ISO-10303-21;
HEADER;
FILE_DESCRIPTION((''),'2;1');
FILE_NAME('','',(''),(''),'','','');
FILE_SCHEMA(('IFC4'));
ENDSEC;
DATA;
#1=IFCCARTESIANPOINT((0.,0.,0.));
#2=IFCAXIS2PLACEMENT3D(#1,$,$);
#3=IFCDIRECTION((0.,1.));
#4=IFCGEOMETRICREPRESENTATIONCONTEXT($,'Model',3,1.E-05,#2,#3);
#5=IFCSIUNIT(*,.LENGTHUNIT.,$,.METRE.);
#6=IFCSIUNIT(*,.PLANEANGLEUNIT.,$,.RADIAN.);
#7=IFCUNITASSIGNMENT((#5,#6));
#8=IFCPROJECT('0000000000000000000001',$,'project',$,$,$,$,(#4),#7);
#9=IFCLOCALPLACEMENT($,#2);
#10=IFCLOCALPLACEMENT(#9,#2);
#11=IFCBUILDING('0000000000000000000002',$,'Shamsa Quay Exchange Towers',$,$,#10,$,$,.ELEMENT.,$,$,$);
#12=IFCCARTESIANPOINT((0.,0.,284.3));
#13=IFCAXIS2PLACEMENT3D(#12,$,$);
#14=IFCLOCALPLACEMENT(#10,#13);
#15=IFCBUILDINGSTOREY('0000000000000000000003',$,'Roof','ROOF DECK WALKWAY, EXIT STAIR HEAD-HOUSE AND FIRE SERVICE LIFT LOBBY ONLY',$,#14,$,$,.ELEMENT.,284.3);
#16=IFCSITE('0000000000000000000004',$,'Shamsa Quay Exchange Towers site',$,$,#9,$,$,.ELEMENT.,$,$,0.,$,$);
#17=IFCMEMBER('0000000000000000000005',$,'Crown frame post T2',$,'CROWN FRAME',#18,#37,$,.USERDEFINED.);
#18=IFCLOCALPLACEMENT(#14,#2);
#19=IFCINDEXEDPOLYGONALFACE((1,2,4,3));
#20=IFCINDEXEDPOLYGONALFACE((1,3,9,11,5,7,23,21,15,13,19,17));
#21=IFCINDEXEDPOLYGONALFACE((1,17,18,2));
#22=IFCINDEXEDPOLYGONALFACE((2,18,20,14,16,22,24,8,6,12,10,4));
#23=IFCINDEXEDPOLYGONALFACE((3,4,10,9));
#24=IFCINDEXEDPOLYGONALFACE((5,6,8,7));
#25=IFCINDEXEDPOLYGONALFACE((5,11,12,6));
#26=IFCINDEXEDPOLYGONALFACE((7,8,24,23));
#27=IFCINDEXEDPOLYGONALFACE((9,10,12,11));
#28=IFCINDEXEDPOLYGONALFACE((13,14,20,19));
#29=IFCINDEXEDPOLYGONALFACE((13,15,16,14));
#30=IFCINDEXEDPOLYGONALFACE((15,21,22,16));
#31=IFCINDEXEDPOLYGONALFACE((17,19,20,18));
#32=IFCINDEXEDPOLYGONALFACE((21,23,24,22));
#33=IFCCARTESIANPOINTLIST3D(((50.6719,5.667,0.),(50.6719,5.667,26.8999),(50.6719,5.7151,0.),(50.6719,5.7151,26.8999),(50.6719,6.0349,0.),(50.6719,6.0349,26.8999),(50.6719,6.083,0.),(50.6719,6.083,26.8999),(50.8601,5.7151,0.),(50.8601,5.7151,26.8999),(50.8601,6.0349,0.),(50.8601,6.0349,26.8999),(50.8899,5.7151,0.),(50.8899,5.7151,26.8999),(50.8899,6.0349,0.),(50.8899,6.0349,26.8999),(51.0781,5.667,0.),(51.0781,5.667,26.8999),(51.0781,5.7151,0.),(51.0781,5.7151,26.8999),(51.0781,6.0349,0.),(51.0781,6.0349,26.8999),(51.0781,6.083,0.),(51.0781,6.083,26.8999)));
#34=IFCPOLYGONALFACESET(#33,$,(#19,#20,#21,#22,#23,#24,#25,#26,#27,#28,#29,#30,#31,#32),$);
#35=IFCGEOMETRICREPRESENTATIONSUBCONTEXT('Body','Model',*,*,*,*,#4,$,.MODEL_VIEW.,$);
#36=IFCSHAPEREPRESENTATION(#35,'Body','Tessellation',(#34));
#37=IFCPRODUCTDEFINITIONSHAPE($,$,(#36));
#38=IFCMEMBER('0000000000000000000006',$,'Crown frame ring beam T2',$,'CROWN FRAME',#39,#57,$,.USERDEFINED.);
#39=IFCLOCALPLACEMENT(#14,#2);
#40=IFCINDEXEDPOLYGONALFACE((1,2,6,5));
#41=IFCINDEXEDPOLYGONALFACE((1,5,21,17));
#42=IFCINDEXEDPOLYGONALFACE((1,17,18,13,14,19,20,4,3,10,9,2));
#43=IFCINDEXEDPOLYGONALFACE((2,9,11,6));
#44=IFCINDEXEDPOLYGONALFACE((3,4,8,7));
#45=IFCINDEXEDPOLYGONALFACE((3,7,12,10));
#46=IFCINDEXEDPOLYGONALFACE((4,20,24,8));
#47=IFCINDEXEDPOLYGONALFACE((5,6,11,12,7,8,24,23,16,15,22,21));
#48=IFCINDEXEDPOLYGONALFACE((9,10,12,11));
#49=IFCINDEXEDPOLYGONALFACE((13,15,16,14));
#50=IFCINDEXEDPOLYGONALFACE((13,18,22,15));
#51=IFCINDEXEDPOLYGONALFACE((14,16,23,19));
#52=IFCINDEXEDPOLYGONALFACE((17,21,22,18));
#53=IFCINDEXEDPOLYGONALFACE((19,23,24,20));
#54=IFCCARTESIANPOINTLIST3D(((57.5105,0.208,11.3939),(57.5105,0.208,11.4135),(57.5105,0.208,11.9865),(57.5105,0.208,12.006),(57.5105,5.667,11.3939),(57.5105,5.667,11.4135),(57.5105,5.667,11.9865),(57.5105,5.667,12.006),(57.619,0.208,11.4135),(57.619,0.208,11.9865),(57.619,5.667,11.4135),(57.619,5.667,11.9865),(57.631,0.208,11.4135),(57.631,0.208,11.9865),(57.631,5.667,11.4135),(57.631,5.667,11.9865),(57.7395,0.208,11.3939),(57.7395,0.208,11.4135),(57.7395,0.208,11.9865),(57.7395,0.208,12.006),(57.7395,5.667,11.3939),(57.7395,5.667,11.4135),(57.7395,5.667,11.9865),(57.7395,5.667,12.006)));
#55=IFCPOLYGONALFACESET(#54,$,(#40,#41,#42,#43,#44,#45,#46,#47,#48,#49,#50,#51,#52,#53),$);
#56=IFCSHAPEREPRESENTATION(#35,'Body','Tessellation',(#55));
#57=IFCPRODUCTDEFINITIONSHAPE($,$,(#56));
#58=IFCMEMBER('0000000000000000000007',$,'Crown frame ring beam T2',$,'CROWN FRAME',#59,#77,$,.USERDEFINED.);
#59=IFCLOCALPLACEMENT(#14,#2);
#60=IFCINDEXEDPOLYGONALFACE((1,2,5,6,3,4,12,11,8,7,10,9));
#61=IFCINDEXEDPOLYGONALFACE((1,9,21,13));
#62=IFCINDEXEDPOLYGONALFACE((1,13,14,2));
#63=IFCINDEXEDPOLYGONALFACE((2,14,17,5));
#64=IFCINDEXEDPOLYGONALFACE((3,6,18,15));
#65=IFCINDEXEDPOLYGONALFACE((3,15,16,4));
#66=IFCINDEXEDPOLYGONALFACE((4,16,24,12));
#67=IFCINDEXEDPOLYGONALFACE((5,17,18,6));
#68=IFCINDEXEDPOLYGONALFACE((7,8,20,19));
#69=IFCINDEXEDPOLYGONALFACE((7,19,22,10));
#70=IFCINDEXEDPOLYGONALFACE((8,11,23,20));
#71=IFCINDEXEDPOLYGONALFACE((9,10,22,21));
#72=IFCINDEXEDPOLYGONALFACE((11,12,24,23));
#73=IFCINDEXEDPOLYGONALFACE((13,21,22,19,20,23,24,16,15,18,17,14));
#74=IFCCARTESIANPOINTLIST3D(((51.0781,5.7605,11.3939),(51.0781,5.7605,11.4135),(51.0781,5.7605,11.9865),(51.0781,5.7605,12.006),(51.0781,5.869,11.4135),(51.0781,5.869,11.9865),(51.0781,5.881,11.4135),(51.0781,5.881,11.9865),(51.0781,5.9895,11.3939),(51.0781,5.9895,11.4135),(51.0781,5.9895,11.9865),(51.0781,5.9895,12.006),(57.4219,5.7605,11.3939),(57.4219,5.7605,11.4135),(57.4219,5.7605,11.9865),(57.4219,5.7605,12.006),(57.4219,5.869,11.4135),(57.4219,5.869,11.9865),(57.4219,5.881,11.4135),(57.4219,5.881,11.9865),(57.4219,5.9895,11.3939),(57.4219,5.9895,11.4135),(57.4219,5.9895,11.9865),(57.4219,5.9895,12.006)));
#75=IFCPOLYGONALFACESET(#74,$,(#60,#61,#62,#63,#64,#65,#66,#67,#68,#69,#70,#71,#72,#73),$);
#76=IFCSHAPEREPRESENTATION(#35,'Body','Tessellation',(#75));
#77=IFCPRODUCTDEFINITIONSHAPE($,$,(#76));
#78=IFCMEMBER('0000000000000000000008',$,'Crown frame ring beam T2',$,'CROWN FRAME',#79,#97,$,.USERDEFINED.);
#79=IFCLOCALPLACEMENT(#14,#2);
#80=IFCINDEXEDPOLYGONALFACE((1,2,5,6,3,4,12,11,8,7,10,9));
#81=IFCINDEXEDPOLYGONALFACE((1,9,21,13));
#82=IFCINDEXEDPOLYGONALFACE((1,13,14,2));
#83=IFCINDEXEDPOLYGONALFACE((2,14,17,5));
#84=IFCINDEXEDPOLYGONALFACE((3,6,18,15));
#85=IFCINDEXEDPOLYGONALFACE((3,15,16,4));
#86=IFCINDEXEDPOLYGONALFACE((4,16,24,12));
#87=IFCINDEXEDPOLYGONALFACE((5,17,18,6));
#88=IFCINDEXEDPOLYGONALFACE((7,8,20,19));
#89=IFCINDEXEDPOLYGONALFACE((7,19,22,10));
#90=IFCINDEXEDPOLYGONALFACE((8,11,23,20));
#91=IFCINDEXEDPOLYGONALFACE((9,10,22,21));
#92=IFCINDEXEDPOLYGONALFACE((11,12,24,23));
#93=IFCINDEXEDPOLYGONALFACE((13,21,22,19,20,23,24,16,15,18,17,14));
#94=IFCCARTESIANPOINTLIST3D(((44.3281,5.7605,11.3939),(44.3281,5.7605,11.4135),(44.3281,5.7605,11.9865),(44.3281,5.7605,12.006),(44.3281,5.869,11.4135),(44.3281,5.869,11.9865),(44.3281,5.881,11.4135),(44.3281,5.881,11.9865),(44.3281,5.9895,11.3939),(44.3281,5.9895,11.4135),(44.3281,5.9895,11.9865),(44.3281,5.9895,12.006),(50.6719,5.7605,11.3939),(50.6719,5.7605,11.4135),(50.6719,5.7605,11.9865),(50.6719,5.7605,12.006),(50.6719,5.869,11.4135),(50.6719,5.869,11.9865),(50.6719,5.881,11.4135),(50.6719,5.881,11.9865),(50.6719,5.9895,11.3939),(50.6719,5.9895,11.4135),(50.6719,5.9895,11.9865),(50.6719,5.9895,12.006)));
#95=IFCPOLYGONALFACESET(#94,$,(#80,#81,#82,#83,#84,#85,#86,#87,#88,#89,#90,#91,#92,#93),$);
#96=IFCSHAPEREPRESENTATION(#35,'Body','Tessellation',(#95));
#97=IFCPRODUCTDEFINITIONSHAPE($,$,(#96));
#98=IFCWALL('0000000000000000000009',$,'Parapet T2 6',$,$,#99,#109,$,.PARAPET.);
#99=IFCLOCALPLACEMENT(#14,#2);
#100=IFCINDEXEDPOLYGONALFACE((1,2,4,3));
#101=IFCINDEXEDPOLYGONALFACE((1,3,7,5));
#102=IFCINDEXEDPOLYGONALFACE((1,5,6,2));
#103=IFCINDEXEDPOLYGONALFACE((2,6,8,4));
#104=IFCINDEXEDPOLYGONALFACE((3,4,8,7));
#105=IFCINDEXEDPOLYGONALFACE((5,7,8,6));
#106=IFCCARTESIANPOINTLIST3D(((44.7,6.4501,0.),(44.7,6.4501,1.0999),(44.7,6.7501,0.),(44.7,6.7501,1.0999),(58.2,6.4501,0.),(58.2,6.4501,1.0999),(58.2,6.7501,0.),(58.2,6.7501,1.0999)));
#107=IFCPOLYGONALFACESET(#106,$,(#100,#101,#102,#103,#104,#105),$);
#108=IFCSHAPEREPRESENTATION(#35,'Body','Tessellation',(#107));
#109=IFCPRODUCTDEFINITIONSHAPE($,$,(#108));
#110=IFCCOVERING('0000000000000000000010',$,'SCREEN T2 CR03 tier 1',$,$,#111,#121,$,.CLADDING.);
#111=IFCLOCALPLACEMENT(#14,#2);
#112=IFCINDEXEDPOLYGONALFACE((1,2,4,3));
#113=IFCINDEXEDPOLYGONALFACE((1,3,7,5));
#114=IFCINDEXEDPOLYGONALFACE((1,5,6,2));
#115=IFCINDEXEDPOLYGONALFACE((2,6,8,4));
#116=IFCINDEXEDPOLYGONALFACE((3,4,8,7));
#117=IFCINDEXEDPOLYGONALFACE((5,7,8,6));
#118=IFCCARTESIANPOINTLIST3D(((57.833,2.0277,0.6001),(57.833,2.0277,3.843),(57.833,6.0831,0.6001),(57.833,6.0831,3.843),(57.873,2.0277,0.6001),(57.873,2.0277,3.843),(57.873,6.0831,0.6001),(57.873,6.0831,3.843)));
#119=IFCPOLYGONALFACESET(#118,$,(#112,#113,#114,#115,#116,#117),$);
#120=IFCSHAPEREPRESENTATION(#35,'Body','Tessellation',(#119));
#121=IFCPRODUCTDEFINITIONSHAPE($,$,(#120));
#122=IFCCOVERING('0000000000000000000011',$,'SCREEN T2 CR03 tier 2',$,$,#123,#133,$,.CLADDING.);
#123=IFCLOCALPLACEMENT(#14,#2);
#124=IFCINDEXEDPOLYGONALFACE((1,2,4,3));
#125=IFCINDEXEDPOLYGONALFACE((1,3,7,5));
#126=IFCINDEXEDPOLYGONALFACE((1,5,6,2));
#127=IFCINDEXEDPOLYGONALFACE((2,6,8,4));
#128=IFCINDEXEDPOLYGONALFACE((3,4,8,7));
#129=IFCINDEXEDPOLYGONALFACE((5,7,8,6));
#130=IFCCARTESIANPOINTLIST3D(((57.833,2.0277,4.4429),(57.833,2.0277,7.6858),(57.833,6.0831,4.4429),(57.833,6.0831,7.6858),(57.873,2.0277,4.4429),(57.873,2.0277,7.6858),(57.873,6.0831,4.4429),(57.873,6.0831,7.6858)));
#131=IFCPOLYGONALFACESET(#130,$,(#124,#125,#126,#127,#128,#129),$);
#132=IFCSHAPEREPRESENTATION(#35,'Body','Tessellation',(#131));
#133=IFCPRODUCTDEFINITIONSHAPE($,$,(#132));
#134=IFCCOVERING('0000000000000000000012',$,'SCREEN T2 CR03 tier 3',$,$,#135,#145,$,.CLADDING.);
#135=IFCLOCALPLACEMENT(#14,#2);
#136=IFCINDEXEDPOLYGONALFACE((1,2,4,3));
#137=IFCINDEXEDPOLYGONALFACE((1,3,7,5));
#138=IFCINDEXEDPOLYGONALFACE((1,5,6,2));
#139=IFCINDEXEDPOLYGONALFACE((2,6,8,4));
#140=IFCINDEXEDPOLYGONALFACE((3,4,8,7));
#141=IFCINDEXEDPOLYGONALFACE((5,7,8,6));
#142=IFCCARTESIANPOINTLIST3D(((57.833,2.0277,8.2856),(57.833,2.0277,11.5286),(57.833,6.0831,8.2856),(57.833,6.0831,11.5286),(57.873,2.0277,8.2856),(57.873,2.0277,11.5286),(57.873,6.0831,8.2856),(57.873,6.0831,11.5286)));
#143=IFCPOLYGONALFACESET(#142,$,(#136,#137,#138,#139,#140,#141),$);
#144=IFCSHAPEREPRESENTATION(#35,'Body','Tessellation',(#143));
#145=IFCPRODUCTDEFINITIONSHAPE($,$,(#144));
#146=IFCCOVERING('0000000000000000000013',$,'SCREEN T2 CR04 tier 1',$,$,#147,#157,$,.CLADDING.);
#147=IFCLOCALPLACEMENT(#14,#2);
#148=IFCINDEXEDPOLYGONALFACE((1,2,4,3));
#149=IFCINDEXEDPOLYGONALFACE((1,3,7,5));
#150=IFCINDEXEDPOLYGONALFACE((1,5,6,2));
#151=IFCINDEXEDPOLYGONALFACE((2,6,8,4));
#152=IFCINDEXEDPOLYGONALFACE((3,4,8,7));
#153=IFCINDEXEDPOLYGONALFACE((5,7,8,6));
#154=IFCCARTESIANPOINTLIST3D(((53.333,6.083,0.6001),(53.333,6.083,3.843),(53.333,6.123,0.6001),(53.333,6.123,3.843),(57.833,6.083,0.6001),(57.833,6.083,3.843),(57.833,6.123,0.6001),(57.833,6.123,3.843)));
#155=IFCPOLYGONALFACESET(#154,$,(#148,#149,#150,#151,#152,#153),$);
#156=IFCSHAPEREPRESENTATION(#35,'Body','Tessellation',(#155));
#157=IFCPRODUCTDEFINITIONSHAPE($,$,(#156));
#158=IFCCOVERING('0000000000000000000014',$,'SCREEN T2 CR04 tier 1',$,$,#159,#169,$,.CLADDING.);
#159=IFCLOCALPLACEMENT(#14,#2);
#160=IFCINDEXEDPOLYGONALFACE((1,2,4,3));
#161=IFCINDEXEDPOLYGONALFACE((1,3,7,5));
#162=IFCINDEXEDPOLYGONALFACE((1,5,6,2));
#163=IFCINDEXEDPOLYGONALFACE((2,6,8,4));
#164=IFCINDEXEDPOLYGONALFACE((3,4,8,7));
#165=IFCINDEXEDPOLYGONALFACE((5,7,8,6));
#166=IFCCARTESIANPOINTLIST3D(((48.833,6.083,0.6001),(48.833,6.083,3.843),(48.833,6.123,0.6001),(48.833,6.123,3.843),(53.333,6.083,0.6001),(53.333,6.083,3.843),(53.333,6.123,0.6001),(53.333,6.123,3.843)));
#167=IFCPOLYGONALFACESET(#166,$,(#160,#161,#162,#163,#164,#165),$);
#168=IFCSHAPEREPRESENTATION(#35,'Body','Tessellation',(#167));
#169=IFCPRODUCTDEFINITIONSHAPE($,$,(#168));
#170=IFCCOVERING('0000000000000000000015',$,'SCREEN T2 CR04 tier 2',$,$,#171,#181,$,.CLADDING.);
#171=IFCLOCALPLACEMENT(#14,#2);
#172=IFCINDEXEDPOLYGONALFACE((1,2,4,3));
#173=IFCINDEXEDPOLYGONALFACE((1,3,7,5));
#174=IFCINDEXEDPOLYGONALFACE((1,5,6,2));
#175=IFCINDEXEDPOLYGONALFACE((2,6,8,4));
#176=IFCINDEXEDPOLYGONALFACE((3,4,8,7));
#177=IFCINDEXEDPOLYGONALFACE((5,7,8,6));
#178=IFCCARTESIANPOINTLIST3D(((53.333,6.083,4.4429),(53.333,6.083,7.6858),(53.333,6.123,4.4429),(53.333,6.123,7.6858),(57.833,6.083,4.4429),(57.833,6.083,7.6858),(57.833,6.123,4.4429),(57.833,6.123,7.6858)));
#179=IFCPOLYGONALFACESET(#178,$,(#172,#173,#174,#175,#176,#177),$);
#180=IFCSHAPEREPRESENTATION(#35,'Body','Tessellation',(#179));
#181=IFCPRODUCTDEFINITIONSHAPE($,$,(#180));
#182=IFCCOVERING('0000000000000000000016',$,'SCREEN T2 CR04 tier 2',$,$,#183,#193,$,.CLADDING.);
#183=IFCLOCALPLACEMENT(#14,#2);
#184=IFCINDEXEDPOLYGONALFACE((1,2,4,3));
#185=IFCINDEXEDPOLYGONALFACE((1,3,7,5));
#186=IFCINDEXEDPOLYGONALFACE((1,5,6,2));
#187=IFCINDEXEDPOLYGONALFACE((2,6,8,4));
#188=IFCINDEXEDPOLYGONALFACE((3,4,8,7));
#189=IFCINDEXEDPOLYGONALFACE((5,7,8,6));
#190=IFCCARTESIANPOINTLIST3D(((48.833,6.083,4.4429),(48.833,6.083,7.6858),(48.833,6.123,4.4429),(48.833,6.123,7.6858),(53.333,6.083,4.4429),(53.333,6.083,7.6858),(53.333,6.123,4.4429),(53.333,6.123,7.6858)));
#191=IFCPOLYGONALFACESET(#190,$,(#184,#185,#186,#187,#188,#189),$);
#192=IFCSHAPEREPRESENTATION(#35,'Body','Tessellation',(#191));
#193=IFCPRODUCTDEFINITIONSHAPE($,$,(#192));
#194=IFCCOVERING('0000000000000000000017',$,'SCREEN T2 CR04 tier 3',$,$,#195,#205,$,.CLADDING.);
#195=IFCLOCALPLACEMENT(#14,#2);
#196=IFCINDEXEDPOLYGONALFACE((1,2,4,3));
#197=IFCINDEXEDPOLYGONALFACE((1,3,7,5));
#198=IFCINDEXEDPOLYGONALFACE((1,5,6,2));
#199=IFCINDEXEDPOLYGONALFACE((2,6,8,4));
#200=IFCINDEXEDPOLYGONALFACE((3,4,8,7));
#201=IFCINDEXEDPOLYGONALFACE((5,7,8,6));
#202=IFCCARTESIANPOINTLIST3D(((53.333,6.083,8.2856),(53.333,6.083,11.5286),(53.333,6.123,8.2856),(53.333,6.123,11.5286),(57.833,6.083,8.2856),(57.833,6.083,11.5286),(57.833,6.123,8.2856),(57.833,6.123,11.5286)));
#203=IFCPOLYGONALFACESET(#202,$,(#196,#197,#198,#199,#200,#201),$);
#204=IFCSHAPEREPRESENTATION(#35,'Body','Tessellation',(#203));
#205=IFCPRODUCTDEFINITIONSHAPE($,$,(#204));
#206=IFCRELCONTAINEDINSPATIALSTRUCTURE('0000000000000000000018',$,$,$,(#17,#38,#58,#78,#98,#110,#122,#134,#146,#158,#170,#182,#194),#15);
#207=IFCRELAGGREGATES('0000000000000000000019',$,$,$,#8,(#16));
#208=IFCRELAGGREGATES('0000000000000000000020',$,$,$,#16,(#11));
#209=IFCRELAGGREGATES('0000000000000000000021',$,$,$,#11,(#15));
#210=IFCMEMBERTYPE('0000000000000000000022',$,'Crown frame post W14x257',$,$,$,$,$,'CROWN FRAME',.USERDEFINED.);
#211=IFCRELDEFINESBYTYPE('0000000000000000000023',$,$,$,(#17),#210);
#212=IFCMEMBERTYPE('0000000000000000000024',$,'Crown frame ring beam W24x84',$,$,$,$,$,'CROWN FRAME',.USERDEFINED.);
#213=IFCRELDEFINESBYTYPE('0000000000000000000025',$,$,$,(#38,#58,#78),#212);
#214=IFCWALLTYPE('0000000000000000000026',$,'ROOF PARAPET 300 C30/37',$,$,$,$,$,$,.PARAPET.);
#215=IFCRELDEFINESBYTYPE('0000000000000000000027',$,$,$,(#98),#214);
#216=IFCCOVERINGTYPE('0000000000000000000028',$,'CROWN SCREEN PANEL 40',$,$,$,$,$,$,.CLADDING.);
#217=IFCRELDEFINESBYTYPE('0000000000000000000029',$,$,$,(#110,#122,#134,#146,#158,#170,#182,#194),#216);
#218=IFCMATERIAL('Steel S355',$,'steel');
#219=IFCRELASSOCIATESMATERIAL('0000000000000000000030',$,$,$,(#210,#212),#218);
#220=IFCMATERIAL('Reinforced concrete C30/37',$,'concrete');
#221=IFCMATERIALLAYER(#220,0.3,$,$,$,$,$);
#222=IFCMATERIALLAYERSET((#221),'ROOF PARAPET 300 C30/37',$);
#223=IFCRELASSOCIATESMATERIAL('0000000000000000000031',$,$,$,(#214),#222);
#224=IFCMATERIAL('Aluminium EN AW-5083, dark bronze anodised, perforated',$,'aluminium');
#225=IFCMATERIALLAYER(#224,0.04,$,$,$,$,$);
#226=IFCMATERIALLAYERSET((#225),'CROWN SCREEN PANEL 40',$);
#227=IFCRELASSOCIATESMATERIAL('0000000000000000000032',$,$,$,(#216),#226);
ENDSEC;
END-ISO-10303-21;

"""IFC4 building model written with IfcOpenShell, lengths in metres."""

from ifc_helpers import new_model, si_unit, direction, frame, frame_2d, origin, origin_2d, place, context, subcontext, project, spatial, rectangle, i_section, extrude, material, layer, layer_set, material_profile, profile_set, type_object, element, save


model = new_model("IFC4")

# Units and contexts
model_context = context("Model", 3, precision=1e-05, world=origin(), true_north=direction((0.0, 1.0)))
body_context = subcontext(model_context, "Body", "Model", "MODEL_VIEW")
ifc_project = project(units=[si_unit("LENGTHUNIT", "METRE"), si_unit("PLANEANGLEUNIT", "RADIAN")], contexts=[model_context])

# Site, building, storey
site_placement = place(None, origin())
site = spatial("IfcSite", under=ifc_project, at=site_placement, Name="Shamsa Quay Exchange Towers site", CompositionType="ELEMENT", RefElevation=0.0)
building_placement = place(site_placement, origin())
building = spatial("IfcBuilding", under=site, at=building_placement, Name="Shamsa Quay Exchange Towers", CompositionType="ELEMENT")
storey_placement = place(building_placement, frame((0.0, 0.0, 284.3)))
storey = spatial("IfcBuildingStorey", under=building, at=storey_placement, Name="Roof", Description="ROOF DECK WALKWAY, EXIT STAIR HEAD-HOUSE AND FIRE SERVICE LIFT LOBBY ONLY", CompositionType="ELEMENT", Elevation=284.3)

# Members
ifc_material_1 = material(Name="Steel S355", Category="steel")
ifc_material_profile_1 = material_profile(ifc_material_1, i_section(OverallWidth=0.4062, OverallDepth=0.416, WebThickness=0.0298, FlangeThickness=0.0481, at=origin_2d()), Name="W14x257")
ifc_profile_set_1 = profile_set([ifc_material_profile_1], Name="Steel S355")
member_type_1 = type_object("IfcMemberType", Name="Crown frame post W14x257", ElementType="CROWN FRAME", PredefinedType="USERDEFINED", material=ifc_profile_set_1)
for number, where, name in (
    (1, (50.875, 5.875, 0.0), "Crown frame post T2"),
):
    element("IfcMember", number, at=place(storey_placement, frame(where)), inside=storey, type_object=member_type_1, Name=name, ObjectType="CROWN FRAME", PredefinedType="USERDEFINED", context=body_context, shape_type="SweptSolid", body=[
        extrude(i_section(OverallWidth=0.4062, OverallDepth=0.416, WebThickness=0.0298, FlangeThickness=0.0481, at=origin_2d()), origin(), (0.0, 0.0, 1.0), 26.8999),
    ])
ifc_material_profile_2 = material_profile(ifc_material_1, i_section(OverallWidth=0.229, OverallDepth=0.6121, WebThickness=0.012, FlangeThickness=0.0195, at=origin_2d()), Name="W24x84")
ifc_profile_set_2 = profile_set([ifc_material_profile_2], Name="Steel S355")
member_type_2 = type_object("IfcMemberType", Name="Crown frame ring beam W24x84", ElementType="CROWN FRAME", PredefinedType="USERDEFINED", material=ifc_profile_set_2)
member_1_placement = place(storey_placement, frame((57.625, 0.208, 11.7), z_axis=(0.0, 1.0, 0.0), x_axis=(-1.0, 0.0, 0.0)))
element("IfcMember", 2, at=member_1_placement, inside=storey, type_object=member_type_2, Name="Crown frame ring beam T2", ObjectType="CROWN FRAME", PredefinedType="USERDEFINED", context=body_context, shape_type="SweptSolid", body=[
    extrude(i_section(OverallWidth=0.229, OverallDepth=0.6121, WebThickness=0.012, FlangeThickness=0.0195, at=origin_2d()), origin(), (0.0, 0.0, 1.0), 5.459),
])
for number, where, z_axis, x_axis, name in (
    (3, (57.4219, 5.875, 11.7), (-1.0, 0.0, 0.0), (0.0, -1.0, 0.0), "Crown frame ring beam T2"),
    (4, (50.6719, 5.875, 11.7), (-1.0, 0.0, 0.0), (0.0, -1.0, 0.0), "Crown frame ring beam T2"),
):
    element("IfcMember", number, at=place(storey_placement, frame(where, z_axis=z_axis, x_axis=x_axis)), inside=storey, type_object=member_type_2, Name=name, ObjectType="CROWN FRAME", PredefinedType="USERDEFINED", context=body_context, shape_type="SweptSolid", body=[
        extrude(i_section(OverallWidth=0.229, OverallDepth=0.6121, WebThickness=0.012, FlangeThickness=0.0195, at=origin_2d()), origin(), (0.0, 0.0, 1.0), 6.3438),
    ])

# Wall
ifc_material_2 = material(Name="Reinforced concrete C30/37", Category="concrete")
ifc_layer_1 = layer(ifc_material_2, 0.3)
ifc_layer_set_1 = layer_set([ifc_layer_1], Name="ROOF PARAPET 300 C30/37")
wall_type = type_object("IfcWallType", Name="ROOF PARAPET 300 C30/37", PredefinedType="PARAPET", material=ifc_layer_set_1)
wall_placement = place(storey_placement, frame((58.2, 6.6001, 0.0), z_axis=(0.0, 0.0, 1.0), x_axis=(-1.0, 0.0, 0.0)))
element("IfcWall", 5, at=wall_placement, inside=storey, type_object=wall_type, Name="Parapet T2 6", PredefinedType="PARAPET", context=body_context, shape_type="SweptSolid", body=[
    extrude(rectangle(XDim=13.5, YDim=0.3, at=frame_2d((6.75, 0.0))), origin(), (0.0, 0.0, 1.0), 1.0999),
])

# Coverings
ifc_material_3 = material(Name="Aluminium EN AW-5083, dark bronze anodised, perforated", Category="aluminium")
ifc_layer_2 = layer(ifc_material_3, 0.04)
ifc_layer_set_2 = layer_set([ifc_layer_2], Name="CROWN SCREEN PANEL 40")
covering_type = type_object("IfcCoveringType", Name="CROWN SCREEN PANEL 40", PredefinedType="CLADDING", material=ifc_layer_set_2)
for number, where, z_axis, x_axis, name in (
    (6, (57.853, 4.0554, 0.6001), (0.0, 0.0, 1.0), (0.0, 1.0, 0.0), "SCREEN T2 CR03 tier 1"),
    (7, (57.853, 4.0554, 4.4429), (0.0, 0.0, 1.0), (0.0, 1.0, 0.0), "SCREEN T2 CR03 tier 2"),
    (8, (57.853, 4.0554, 8.2856), (0.0, 0.0, 1.0), (0.0, 1.0, 0.0), "SCREEN T2 CR03 tier 3"),
):
    element("IfcCovering", number, at=place(storey_placement, frame(where, z_axis=z_axis, x_axis=x_axis)), inside=storey, type_object=covering_type, Name=name, PredefinedType="CLADDING", context=body_context, shape_type="SweptSolid", body=[
        extrude(rectangle(XDim=4.0554, YDim=0.04, at=origin_2d()), origin(), (0.0, 0.0, 1.0), 3.2429),
    ])
for number, where, z_axis, x_axis, name in (
    (9, (55.583, 6.103, 0.6001), (0.0, 0.0, 1.0), (-1.0, 0.0, 0.0), "SCREEN T2 CR04 tier 1"),
    (10, (51.083, 6.103, 0.6001), (0.0, 0.0, 1.0), (-1.0, 0.0, 0.0), "SCREEN T2 CR04 tier 1"),
    (11, (55.583, 6.103, 4.4429), (0.0, 0.0, 1.0), (-1.0, 0.0, 0.0), "SCREEN T2 CR04 tier 2"),
    (12, (51.083, 6.103, 4.4429), (0.0, 0.0, 1.0), (-1.0, 0.0, 0.0), "SCREEN T2 CR04 tier 2"),
    (13, (55.583, 6.103, 8.2856), (0.0, 0.0, 1.0), (-1.0, 0.0, 0.0), "SCREEN T2 CR04 tier 3"),
):
    element("IfcCovering", number, at=place(storey_placement, frame(where, z_axis=z_axis, x_axis=x_axis)), inside=storey, type_object=covering_type, Name=name, PredefinedType="CLADDING", context=body_context, shape_type="SweptSolid", body=[
        extrude(rectangle(XDim=4.5, YDim=0.04, at=origin_2d()), origin(), (0.0, 0.0, 1.0), 3.2429),
    ])

save(model, "model.ifc")
